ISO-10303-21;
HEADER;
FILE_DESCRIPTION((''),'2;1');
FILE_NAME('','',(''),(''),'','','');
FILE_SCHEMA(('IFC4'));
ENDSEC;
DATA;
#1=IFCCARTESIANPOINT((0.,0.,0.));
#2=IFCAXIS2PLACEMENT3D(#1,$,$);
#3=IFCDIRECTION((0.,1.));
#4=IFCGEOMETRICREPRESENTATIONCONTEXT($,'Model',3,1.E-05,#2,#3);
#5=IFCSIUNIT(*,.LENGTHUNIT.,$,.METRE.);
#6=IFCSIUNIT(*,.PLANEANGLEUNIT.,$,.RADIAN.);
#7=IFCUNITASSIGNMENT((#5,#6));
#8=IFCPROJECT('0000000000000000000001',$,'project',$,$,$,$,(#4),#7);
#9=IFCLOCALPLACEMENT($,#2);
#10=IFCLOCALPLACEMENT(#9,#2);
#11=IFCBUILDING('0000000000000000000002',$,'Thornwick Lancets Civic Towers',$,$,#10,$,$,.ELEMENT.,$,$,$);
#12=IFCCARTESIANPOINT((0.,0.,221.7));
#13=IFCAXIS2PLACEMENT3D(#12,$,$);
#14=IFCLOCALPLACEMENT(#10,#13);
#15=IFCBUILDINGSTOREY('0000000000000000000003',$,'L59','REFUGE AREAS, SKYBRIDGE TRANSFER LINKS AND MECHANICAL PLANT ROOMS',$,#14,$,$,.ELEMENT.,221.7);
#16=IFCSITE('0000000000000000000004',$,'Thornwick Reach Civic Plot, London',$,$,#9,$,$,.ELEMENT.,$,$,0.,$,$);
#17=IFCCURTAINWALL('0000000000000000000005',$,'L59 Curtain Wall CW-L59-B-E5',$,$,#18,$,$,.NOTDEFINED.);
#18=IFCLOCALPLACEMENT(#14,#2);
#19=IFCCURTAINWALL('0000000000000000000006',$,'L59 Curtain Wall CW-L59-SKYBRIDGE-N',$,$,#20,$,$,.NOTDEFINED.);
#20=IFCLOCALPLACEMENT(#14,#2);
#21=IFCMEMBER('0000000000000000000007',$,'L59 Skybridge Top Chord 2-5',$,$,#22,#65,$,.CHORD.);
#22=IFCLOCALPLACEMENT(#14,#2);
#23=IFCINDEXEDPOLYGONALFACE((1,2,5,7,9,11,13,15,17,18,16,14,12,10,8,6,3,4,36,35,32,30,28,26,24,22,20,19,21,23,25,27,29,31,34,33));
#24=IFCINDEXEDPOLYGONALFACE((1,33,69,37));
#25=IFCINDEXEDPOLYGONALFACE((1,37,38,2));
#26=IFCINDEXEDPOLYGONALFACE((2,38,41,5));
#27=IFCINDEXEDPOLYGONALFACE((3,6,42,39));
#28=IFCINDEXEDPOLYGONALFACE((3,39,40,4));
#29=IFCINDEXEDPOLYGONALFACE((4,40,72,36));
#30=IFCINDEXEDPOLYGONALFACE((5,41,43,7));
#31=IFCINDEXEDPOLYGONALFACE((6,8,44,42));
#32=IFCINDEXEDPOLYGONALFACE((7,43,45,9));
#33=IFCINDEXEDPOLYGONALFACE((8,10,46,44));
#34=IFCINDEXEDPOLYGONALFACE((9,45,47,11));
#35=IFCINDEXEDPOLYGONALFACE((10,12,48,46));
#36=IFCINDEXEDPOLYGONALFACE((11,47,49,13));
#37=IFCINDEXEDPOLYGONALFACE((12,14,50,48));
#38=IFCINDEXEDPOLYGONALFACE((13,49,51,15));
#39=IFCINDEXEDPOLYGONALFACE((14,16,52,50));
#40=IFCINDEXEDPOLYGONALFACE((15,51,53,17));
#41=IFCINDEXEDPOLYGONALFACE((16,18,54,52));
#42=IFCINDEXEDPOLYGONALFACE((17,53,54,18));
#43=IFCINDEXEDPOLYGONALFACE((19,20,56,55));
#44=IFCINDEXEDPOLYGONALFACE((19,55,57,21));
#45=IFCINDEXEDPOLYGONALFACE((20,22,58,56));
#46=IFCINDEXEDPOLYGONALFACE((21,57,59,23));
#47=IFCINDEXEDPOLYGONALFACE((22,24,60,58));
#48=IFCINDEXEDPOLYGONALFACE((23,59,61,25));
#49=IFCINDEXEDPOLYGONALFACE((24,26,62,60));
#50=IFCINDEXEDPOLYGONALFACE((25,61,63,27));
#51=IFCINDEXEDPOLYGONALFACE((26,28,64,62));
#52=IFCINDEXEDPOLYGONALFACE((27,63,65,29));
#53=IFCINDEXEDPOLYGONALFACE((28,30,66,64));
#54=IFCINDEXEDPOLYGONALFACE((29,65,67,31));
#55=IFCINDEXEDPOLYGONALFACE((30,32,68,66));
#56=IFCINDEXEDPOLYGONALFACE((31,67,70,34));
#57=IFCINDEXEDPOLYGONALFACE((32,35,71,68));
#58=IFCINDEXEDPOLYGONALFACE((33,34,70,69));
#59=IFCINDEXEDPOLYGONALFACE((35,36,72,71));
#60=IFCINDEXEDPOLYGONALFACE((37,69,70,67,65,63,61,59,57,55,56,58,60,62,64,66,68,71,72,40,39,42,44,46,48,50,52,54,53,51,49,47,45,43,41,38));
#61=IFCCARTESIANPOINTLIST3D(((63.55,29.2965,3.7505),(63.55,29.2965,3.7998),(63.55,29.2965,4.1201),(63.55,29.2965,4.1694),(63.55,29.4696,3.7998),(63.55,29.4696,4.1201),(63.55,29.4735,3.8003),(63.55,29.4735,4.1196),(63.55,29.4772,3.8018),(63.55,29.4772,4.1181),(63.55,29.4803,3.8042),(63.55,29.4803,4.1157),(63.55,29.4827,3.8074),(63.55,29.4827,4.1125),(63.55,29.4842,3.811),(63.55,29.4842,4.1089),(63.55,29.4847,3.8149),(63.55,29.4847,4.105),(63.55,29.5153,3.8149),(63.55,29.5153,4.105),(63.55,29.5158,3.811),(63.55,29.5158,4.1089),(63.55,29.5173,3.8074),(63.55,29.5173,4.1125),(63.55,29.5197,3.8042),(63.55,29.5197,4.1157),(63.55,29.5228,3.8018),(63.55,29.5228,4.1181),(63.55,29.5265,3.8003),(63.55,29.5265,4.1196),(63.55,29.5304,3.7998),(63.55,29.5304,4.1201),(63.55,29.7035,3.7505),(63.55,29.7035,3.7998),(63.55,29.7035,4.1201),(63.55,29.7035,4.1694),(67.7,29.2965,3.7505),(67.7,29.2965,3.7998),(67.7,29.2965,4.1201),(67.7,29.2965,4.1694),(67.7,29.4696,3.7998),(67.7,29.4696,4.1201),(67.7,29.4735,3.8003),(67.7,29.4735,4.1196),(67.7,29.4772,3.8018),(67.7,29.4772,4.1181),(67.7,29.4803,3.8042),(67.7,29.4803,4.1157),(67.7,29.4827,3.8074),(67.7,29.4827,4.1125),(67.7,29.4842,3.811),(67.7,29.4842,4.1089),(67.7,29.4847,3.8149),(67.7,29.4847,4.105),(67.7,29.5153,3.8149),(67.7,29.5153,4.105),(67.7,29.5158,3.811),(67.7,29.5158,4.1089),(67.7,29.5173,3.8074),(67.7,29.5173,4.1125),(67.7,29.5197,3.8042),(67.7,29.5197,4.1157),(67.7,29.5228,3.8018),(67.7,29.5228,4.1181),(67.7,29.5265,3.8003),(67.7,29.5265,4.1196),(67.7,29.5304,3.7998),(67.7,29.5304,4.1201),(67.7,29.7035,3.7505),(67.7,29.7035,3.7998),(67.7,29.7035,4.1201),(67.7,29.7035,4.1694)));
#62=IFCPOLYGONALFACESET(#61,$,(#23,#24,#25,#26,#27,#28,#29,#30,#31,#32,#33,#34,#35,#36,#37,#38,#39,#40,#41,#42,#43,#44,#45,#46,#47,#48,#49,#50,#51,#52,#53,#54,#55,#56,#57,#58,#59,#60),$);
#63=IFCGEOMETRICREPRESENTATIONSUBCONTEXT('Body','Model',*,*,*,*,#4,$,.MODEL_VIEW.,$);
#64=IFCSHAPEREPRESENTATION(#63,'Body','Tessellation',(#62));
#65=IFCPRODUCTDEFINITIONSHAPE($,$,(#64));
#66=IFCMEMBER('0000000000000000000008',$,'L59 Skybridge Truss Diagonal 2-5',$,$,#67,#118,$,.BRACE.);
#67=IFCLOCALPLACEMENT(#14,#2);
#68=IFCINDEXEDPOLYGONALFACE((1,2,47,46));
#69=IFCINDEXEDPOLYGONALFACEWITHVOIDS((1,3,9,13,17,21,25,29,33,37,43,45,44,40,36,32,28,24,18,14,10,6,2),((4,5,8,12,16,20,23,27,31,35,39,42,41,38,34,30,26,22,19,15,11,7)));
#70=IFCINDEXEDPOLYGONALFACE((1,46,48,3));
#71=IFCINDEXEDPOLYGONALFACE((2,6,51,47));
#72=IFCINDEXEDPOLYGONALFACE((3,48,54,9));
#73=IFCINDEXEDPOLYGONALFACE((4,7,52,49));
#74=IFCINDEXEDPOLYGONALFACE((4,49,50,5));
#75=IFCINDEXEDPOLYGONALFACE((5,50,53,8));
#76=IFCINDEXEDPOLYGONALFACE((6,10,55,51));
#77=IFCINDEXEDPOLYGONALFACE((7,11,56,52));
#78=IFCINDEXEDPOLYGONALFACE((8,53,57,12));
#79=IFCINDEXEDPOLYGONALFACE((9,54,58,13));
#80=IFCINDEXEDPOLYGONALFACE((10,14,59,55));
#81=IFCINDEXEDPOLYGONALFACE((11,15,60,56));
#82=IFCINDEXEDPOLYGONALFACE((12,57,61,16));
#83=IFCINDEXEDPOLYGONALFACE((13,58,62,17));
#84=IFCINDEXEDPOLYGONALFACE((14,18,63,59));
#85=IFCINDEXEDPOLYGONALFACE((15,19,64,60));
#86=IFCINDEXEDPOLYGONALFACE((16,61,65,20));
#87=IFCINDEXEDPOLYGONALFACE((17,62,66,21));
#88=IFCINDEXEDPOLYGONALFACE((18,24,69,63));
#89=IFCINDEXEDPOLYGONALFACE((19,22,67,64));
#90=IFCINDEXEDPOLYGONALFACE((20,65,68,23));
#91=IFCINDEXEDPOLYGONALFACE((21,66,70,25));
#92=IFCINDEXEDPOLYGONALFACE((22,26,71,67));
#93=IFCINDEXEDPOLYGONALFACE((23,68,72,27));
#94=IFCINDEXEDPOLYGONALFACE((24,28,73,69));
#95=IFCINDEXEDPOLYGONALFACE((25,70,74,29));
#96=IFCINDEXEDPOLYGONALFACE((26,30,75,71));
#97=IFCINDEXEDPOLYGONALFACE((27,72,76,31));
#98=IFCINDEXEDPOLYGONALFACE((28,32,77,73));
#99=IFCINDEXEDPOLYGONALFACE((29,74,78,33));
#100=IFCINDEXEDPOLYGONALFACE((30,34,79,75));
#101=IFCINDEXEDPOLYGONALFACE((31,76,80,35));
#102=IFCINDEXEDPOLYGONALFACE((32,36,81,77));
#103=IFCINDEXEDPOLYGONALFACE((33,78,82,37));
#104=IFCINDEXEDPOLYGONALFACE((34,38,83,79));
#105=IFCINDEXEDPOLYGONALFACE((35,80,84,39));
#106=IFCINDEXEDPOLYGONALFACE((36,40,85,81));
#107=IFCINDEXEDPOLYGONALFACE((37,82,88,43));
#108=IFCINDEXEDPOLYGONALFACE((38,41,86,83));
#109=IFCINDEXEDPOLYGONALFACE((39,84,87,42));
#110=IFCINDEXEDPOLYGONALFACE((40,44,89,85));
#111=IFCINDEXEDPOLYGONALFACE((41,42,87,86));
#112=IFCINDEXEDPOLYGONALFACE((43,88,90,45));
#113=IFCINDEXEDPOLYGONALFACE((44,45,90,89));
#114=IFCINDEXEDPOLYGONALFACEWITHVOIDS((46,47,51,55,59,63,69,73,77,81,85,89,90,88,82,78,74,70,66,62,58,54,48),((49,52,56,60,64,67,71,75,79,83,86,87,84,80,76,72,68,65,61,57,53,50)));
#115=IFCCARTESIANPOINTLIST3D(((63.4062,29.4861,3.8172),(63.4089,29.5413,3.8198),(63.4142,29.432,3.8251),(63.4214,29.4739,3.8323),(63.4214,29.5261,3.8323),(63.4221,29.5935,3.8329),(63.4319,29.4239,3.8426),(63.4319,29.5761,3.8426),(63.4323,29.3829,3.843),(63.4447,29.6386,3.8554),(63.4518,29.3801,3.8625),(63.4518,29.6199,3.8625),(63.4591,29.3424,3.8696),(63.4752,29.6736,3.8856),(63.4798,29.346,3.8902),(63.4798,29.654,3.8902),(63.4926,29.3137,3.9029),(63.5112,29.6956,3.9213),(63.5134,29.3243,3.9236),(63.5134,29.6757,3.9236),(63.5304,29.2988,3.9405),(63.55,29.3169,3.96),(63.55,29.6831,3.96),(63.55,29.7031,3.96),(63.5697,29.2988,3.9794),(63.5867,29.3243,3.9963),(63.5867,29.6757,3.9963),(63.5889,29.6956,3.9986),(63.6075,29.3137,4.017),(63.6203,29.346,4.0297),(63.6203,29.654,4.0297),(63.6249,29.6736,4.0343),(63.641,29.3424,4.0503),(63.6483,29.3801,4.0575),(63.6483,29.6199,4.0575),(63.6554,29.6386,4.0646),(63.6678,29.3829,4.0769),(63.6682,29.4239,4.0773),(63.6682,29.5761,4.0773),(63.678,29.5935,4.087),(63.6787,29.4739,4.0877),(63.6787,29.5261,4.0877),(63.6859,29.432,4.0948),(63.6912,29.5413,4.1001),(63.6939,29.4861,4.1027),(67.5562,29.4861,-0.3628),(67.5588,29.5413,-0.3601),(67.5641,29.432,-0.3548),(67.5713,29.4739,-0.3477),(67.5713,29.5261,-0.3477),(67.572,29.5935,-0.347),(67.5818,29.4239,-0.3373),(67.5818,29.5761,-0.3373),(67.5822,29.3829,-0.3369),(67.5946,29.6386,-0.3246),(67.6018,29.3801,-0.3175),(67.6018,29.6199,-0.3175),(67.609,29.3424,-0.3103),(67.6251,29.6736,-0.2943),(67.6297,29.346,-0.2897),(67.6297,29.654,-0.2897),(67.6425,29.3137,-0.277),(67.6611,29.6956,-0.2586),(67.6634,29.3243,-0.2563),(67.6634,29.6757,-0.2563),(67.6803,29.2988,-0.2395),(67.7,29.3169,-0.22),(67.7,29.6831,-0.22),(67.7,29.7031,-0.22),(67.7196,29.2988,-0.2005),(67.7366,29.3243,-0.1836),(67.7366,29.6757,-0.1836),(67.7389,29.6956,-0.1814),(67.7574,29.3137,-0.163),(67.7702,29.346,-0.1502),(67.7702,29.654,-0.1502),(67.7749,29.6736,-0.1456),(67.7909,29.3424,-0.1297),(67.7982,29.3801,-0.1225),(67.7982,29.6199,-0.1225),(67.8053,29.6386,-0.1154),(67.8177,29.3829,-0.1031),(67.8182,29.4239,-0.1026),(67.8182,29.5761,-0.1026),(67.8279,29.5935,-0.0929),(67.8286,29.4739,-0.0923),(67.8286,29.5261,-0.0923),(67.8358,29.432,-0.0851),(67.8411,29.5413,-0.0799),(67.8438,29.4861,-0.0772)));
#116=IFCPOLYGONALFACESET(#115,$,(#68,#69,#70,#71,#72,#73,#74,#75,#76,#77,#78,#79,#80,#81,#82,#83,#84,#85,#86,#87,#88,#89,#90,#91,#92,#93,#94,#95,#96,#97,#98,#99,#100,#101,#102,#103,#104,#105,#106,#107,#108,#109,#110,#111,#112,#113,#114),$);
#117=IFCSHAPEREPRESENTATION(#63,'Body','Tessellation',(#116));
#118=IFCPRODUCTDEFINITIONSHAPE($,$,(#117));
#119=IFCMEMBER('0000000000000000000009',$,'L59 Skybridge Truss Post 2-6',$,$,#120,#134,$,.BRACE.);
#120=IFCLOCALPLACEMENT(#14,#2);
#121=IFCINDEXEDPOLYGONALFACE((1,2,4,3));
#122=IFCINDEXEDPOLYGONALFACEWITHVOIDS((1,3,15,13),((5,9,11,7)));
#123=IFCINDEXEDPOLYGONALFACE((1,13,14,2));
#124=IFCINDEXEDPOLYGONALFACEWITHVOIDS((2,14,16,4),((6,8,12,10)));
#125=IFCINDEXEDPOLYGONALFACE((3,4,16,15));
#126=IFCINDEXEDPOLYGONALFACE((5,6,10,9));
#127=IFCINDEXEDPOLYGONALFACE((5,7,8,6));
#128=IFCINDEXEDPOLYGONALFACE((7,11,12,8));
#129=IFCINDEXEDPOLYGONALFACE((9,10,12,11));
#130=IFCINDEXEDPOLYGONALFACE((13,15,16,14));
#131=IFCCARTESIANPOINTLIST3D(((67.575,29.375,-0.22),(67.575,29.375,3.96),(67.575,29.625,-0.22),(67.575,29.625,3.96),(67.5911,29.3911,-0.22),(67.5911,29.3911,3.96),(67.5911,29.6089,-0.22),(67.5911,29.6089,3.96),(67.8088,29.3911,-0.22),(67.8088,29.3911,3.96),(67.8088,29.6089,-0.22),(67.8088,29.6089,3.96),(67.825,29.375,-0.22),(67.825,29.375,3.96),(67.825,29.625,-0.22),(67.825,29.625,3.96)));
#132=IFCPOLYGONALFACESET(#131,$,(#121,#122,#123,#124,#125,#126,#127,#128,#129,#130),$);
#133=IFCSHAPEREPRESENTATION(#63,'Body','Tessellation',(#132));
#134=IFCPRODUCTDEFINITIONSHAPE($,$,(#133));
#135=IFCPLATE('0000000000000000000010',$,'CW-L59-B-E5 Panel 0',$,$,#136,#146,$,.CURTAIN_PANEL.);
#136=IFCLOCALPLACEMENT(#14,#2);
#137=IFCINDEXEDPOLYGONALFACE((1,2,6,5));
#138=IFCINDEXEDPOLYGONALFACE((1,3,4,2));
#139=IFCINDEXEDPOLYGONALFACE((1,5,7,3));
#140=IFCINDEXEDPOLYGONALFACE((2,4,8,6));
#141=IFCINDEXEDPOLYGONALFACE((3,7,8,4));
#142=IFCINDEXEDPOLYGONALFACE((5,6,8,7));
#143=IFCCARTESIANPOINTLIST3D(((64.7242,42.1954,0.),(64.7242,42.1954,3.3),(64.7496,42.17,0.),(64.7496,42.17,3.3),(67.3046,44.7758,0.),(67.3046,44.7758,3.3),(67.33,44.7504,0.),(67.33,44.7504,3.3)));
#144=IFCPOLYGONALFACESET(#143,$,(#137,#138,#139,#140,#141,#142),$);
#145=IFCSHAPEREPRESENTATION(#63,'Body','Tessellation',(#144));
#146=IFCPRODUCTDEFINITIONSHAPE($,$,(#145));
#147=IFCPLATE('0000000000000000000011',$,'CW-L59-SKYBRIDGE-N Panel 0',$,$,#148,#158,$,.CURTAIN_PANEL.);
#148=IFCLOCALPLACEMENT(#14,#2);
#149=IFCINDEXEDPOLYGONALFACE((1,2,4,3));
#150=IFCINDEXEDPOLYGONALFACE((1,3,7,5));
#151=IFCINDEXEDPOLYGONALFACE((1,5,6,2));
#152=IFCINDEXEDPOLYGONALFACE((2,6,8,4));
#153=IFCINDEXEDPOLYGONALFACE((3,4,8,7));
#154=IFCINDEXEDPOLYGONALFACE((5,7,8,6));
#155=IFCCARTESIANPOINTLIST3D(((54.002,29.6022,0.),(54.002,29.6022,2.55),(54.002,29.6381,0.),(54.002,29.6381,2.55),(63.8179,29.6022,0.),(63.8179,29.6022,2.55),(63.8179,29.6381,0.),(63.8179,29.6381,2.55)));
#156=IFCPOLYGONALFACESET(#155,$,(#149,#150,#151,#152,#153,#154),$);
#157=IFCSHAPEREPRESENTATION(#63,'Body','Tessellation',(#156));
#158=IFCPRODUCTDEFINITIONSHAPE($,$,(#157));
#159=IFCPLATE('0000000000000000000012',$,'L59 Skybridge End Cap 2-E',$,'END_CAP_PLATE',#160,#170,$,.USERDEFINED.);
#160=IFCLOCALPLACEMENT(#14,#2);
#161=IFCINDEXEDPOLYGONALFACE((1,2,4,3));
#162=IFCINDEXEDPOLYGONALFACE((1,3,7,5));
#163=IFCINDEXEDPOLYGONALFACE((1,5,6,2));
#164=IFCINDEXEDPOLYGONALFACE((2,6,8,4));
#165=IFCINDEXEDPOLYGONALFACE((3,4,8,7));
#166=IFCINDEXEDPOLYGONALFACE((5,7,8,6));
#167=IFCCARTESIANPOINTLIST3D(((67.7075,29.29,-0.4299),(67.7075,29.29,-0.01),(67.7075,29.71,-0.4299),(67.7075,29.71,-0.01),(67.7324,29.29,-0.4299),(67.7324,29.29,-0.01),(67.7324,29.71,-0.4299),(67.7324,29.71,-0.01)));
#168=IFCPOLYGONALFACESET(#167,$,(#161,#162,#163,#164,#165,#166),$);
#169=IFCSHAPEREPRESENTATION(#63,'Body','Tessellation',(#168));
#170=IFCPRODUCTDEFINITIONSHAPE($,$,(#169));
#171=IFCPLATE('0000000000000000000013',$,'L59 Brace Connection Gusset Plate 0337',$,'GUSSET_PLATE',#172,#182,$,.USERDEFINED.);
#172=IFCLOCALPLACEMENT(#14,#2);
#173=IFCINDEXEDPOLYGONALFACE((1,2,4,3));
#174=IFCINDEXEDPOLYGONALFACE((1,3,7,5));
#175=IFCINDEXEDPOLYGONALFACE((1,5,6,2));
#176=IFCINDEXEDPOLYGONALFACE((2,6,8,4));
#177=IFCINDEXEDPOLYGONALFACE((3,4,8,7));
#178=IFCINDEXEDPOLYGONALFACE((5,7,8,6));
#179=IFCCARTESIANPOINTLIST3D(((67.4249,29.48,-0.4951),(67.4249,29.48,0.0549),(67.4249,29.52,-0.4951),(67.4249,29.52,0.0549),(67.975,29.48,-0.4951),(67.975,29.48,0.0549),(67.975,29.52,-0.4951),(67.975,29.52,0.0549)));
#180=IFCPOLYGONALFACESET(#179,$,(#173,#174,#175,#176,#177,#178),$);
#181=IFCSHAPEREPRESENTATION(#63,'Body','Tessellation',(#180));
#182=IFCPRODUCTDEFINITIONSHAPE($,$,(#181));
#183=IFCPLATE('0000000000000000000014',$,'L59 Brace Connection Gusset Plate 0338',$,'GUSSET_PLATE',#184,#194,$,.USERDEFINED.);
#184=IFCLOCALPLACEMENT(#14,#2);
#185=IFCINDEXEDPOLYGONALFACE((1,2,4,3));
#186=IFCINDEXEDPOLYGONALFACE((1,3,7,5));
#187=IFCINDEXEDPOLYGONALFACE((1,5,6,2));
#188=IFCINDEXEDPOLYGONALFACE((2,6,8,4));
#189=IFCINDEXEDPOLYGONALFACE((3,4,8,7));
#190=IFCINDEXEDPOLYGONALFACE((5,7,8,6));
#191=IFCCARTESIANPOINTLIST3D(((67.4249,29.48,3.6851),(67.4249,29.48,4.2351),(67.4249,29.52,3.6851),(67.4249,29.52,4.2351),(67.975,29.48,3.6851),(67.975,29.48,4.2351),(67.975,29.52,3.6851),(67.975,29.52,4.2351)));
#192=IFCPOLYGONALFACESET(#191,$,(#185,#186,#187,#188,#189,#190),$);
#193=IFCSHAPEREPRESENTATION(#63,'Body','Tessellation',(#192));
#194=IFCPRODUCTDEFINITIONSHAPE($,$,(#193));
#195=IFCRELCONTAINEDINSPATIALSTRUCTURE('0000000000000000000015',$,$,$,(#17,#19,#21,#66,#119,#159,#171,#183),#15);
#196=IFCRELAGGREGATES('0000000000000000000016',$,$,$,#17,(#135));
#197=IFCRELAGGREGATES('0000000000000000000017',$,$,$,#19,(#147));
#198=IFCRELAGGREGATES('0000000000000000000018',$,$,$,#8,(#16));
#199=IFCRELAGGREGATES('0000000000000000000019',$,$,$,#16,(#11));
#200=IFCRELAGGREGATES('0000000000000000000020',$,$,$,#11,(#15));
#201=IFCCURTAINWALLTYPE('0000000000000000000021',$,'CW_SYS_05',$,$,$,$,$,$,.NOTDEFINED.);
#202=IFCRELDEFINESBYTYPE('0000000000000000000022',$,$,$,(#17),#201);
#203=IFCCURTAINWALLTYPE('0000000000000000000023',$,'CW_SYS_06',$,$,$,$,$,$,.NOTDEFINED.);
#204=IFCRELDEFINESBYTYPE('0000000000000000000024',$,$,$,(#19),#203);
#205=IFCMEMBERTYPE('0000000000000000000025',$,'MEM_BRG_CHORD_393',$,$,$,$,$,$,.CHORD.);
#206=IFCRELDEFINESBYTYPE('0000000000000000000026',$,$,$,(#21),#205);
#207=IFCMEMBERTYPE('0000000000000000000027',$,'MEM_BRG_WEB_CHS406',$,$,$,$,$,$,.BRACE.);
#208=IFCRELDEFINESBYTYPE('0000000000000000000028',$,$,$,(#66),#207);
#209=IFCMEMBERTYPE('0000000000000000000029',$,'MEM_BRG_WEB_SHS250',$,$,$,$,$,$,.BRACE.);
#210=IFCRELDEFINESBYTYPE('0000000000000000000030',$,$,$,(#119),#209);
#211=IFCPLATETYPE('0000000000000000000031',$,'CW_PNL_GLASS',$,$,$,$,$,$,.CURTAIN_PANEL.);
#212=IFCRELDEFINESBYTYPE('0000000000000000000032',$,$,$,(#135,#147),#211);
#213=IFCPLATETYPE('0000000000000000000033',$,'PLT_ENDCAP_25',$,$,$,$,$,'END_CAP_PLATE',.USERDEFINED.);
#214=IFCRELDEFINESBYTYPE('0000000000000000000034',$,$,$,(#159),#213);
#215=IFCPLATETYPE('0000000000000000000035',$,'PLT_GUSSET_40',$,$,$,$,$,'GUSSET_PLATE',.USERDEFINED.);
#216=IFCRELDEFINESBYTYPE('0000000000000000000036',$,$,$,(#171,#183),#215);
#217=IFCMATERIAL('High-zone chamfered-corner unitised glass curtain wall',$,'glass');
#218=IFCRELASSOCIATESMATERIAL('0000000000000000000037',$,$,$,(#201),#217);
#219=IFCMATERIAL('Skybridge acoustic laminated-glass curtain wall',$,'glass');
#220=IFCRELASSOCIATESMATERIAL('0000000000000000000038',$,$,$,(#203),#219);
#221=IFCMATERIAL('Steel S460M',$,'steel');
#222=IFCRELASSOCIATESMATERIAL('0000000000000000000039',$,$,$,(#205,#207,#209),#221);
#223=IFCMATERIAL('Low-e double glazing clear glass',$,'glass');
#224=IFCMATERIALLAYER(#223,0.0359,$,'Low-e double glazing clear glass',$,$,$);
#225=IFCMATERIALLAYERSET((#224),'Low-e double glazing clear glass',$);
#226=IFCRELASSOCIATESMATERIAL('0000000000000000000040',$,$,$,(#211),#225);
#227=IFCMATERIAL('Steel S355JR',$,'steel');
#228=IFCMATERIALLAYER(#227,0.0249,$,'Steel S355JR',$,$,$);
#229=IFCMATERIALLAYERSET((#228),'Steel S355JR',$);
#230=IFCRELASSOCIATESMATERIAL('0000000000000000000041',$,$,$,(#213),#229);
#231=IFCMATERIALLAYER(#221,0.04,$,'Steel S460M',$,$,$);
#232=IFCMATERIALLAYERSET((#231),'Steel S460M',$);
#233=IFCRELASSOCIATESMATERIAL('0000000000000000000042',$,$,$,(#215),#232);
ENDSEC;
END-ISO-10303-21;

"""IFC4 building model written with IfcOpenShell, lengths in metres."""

from ifc_helpers import new_model, si_unit, direction, frame, origin, origin_2d, place, context, subcontext, project, spatial, rectangle, hollow_rectangle, hollow_circle, i_section, extrude, material, layer, layer_set, material_profile, profile_set, type_object, element, aggregate, save


model = new_model("IFC4")

# Units and contexts
model_context = context("Model", 3, precision=1e-05, world=origin(), true_north=direction((0.0, 1.0)))
body_context = subcontext(model_context, "Body", "Model", "MODEL_VIEW")
ifc_project = project(units=[si_unit("LENGTHUNIT", "METRE"), si_unit("PLANEANGLEUNIT", "RADIAN")], contexts=[model_context])

# Site, building, storey
site_placement = place(None, origin())
site = spatial("IfcSite", under=ifc_project, at=site_placement, Name="Thornwick Reach Civic Plot, London", CompositionType="ELEMENT", RefElevation=0.0)
building_placement = place(site_placement, origin())
building = spatial("IfcBuilding", under=site, at=building_placement, Name="Thornwick Lancets Civic Towers", CompositionType="ELEMENT")
storey_placement = place(building_placement, frame((0.0, 0.0, 221.7)))
storey = spatial("IfcBuildingStorey", under=building, at=storey_placement, Name="L59", Description="REFUGE AREAS, SKYBRIDGE TRANSFER LINKS AND MECHANICAL PLANT ROOMS", CompositionType="ELEMENT", Elevation=221.7)

# Shared definitions
ifc_material_1 = material(Name="Steel S355JR", Category="steel")

# Curtain walls
ifc_material_2 = material(Name="High-zone chamfered-corner unitised glass curtain wall", Category="glass")
curtain_wall_type_1 = type_object("IfcCurtainWallType", Name="CW_SYS_05", PredefinedType="NOTDEFINED", material=ifc_material_2)
curtain_wall_1_placement = place(storey_placement, origin())
curtain_wall_1 = element("IfcCurtainWall", 1, at=curtain_wall_1_placement, inside=storey, type_object=curtain_wall_type_1, Name="L59 Curtain Wall CW-L59-B-E5", PredefinedType="NOTDEFINED")
ifc_material_3 = material(Name="Skybridge acoustic laminated-glass curtain wall", Category="glass")
curtain_wall_type_2 = type_object("IfcCurtainWallType", Name="CW_SYS_06", PredefinedType="NOTDEFINED", material=ifc_material_3)
curtain_wall_2_placement = place(storey_placement, origin())
curtain_wall_2 = element("IfcCurtainWall", 2, at=curtain_wall_2_placement, inside=storey, type_object=curtain_wall_type_2, Name="L59 Curtain Wall CW-L59-SKYBRIDGE-N", PredefinedType="NOTDEFINED")

# Members
ifc_material_4 = material(Name="Steel S460M", Category="steel")
ifc_material_profile_1 = material_profile(ifc_material_4, i_section(OverallWidth=0.407, OverallDepth=0.4189, WebThickness=0.0305, FlangeThickness=0.0493, FilletRadius=0.0151, at=origin_2d()), Name="UKC 356x406x393")
ifc_profile_set_1 = profile_set([ifc_material_profile_1], Name="Steel S460M")
member_type_1 = type_object("IfcMemberType", Name="MEM_BRG_CHORD_393", PredefinedType="CHORD", material=ifc_profile_set_1)
member_1_placement = place(storey_placement, frame((63.55, 29.5, 3.96), z_axis=(1.0, 0.0, 0.0), x_axis=(0.0, 1.0, 0.0)))
element("IfcMember", 3, at=member_1_placement, inside=storey, type_object=member_type_1, Name="L59 Skybridge Top Chord 2-5", PredefinedType="CHORD", context=body_context, shape_type="SweptSolid", body=[
    extrude(i_section(OverallWidth=0.407, OverallDepth=0.4189, WebThickness=0.0305, FlangeThickness=0.0493, FilletRadius=0.0151, at=origin_2d()), origin(), (0.0, 0.0, 1.0), 4.1499),
])
ifc_material_profile_2 = material_profile(ifc_material_4, hollow_circle(Radius=0.2031, WallThickness=0.02, at=origin_2d()), Name="CHS 406.4x20")
ifc_profile_set_2 = profile_set([ifc_material_profile_2], Name="Steel S460M")
member_type_2 = type_object("IfcMemberType", Name="MEM_BRG_WEB_CHS406", PredefinedType="BRACE", material=ifc_profile_set_2)
member_2_placement = place(storey_placement, frame((63.55, 29.5, 3.96), z_axis=(0.704553, 0.0, -0.709651), x_axis=(0.0, 1.0, 0.0)))
element("IfcMember", 4, at=member_2_placement, inside=storey, type_object=member_type_2, Name="L59 Skybridge Truss Diagonal 2-5", PredefinedType="BRACE", context=body_context, shape_type="SweptSolid", body=[
    extrude(hollow_circle(Radius=0.2031, WallThickness=0.02, at=origin_2d()), origin(), (0.0, 0.0, 1.0), 5.8901),
])
ifc_material_profile_3 = material_profile(ifc_material_4, hollow_rectangle(XDim=0.25, YDim=0.25, WallThickness=0.0161, at=origin_2d()), Name="SHS 250x250x16")
ifc_profile_set_3 = profile_set([ifc_material_profile_3], Name="Steel S460M")
member_type_3 = type_object("IfcMemberType", Name="MEM_BRG_WEB_SHS250", PredefinedType="BRACE", material=ifc_profile_set_3)
member_3_placement = place(storey_placement, frame((67.7, 29.5, -0.22), z_axis=(0.0, 0.0, 1.0), x_axis=(1.0, 0.0, 0.0)))
element("IfcMember", 5, at=member_3_placement, inside=storey, type_object=member_type_3, Name="L59 Skybridge Truss Post 2-6", PredefinedType="BRACE", context=body_context, shape_type="SweptSolid", body=[
    extrude(hollow_rectangle(XDim=0.25, YDim=0.25, WallThickness=0.0161, at=origin_2d()), origin(), (0.0, 0.0, 1.0), 4.1799),
])

# Plates
ifc_material_5 = material(Name="Low-e double glazing clear glass", Category="glass")
ifc_layer_1 = layer(ifc_material_5, 0.0359, Name="Low-e double glazing clear glass")
ifc_layer_set_1 = layer_set([ifc_layer_1], Name="Low-e double glazing clear glass")
plate_type_1 = type_object("IfcPlateType", Name="CW_PNL_GLASS", PredefinedType="CURTAIN_PANEL", material=ifc_layer_set_1)
plate_1_placement = place(storey_placement, frame((66.0271, 43.4729, 0.0), z_axis=(0.0, 0.0, 1.0), x_axis=(-0.707107, -0.707107, 0.0)))
plate_1 = element("IfcPlate", 6, at=plate_1_placement, type_object=plate_type_1, Name="CW-L59-B-E5 Panel 0", PredefinedType="CURTAIN_PANEL", context=body_context, shape_type="SweptSolid", body=[
    extrude(rectangle(XDim=3.6492, YDim=0.0359, at=origin_2d()), origin(), (0.0, 0.0, 1.0), 3.3),
])
aggregate(curtain_wall_1, [plate_1])
plate_2_placement = place(storey_placement, frame((58.9099, 29.6201, 0.0), z_axis=(0.0, 0.0, 1.0), x_axis=(-1.0, 0.0, 0.0)))
plate_2 = element("IfcPlate", 7, at=plate_2_placement, type_object=plate_type_1, Name="CW-L59-SKYBRIDGE-N Panel 0", PredefinedType="CURTAIN_PANEL", context=body_context, shape_type="SweptSolid", body=[
    extrude(rectangle(XDim=9.8159, YDim=0.0359, at=origin_2d()), origin(), (0.0, 0.0, 1.0), 2.55),
])
aggregate(curtain_wall_2, [plate_2])

# Plates
ifc_layer_2 = layer(ifc_material_1, 0.0249, Name="Steel S355JR")
ifc_layer_set_2 = layer_set([ifc_layer_2], Name="Steel S355JR")
plate_type_2 = type_object("IfcPlateType", Name="PLT_ENDCAP_25", ElementType="END_CAP_PLATE", PredefinedType="USERDEFINED", material=ifc_layer_set_2)
plate_3_placement = place(storey_placement, frame((67.72, 29.5, -0.4299), z_axis=(0.0, 0.0, 1.0), x_axis=(1.0, 0.0, 0.0)))
element("IfcPlate", 8, at=plate_3_placement, inside=storey, type_object=plate_type_2, Name="L59 Skybridge End Cap 2-E", ObjectType="END_CAP_PLATE", PredefinedType="USERDEFINED", context=body_context, shape_type="SweptSolid", body=[
    extrude(rectangle(XDim=0.0249, YDim=0.4199, at=origin_2d()), origin(), (0.0, 0.0, 1.0), 0.4199),
])
ifc_layer_3 = layer(ifc_material_4, 0.04, Name="Steel S460M")
ifc_layer_set_3 = layer_set([ifc_layer_3], Name="Steel S460M")
plate_type_3 = type_object("IfcPlateType", Name="PLT_GUSSET_40", ElementType="GUSSET_PLATE", PredefinedType="USERDEFINED", material=ifc_layer_set_3)
for number, where, z_axis, x_axis, name in (
    (9, (67.7, 29.5, -0.4951), (0.0, 0.0, 1.0), (1.0, 0.0, 0.0), "L59 Brace Connection Gusset Plate 0337"),
    (10, (67.7, 29.5, 3.6851), (0.0, 0.0, 1.0), (1.0, 0.0, 0.0), "L59 Brace Connection Gusset Plate 0338"),
):
    element("IfcPlate", number, at=place(storey_placement, frame(where, z_axis=z_axis, x_axis=x_axis)), inside=storey, type_object=plate_type_3, Name=name, ObjectType="GUSSET_PLATE", PredefinedType="USERDEFINED", context=body_context, shape_type="SweptSolid", body=[
        extrude(rectangle(XDim=0.55, YDim=0.04, at=origin_2d()), origin(), (0.0, 0.0, 1.0), 0.55),
    ])

save(model, "model.ifc")
